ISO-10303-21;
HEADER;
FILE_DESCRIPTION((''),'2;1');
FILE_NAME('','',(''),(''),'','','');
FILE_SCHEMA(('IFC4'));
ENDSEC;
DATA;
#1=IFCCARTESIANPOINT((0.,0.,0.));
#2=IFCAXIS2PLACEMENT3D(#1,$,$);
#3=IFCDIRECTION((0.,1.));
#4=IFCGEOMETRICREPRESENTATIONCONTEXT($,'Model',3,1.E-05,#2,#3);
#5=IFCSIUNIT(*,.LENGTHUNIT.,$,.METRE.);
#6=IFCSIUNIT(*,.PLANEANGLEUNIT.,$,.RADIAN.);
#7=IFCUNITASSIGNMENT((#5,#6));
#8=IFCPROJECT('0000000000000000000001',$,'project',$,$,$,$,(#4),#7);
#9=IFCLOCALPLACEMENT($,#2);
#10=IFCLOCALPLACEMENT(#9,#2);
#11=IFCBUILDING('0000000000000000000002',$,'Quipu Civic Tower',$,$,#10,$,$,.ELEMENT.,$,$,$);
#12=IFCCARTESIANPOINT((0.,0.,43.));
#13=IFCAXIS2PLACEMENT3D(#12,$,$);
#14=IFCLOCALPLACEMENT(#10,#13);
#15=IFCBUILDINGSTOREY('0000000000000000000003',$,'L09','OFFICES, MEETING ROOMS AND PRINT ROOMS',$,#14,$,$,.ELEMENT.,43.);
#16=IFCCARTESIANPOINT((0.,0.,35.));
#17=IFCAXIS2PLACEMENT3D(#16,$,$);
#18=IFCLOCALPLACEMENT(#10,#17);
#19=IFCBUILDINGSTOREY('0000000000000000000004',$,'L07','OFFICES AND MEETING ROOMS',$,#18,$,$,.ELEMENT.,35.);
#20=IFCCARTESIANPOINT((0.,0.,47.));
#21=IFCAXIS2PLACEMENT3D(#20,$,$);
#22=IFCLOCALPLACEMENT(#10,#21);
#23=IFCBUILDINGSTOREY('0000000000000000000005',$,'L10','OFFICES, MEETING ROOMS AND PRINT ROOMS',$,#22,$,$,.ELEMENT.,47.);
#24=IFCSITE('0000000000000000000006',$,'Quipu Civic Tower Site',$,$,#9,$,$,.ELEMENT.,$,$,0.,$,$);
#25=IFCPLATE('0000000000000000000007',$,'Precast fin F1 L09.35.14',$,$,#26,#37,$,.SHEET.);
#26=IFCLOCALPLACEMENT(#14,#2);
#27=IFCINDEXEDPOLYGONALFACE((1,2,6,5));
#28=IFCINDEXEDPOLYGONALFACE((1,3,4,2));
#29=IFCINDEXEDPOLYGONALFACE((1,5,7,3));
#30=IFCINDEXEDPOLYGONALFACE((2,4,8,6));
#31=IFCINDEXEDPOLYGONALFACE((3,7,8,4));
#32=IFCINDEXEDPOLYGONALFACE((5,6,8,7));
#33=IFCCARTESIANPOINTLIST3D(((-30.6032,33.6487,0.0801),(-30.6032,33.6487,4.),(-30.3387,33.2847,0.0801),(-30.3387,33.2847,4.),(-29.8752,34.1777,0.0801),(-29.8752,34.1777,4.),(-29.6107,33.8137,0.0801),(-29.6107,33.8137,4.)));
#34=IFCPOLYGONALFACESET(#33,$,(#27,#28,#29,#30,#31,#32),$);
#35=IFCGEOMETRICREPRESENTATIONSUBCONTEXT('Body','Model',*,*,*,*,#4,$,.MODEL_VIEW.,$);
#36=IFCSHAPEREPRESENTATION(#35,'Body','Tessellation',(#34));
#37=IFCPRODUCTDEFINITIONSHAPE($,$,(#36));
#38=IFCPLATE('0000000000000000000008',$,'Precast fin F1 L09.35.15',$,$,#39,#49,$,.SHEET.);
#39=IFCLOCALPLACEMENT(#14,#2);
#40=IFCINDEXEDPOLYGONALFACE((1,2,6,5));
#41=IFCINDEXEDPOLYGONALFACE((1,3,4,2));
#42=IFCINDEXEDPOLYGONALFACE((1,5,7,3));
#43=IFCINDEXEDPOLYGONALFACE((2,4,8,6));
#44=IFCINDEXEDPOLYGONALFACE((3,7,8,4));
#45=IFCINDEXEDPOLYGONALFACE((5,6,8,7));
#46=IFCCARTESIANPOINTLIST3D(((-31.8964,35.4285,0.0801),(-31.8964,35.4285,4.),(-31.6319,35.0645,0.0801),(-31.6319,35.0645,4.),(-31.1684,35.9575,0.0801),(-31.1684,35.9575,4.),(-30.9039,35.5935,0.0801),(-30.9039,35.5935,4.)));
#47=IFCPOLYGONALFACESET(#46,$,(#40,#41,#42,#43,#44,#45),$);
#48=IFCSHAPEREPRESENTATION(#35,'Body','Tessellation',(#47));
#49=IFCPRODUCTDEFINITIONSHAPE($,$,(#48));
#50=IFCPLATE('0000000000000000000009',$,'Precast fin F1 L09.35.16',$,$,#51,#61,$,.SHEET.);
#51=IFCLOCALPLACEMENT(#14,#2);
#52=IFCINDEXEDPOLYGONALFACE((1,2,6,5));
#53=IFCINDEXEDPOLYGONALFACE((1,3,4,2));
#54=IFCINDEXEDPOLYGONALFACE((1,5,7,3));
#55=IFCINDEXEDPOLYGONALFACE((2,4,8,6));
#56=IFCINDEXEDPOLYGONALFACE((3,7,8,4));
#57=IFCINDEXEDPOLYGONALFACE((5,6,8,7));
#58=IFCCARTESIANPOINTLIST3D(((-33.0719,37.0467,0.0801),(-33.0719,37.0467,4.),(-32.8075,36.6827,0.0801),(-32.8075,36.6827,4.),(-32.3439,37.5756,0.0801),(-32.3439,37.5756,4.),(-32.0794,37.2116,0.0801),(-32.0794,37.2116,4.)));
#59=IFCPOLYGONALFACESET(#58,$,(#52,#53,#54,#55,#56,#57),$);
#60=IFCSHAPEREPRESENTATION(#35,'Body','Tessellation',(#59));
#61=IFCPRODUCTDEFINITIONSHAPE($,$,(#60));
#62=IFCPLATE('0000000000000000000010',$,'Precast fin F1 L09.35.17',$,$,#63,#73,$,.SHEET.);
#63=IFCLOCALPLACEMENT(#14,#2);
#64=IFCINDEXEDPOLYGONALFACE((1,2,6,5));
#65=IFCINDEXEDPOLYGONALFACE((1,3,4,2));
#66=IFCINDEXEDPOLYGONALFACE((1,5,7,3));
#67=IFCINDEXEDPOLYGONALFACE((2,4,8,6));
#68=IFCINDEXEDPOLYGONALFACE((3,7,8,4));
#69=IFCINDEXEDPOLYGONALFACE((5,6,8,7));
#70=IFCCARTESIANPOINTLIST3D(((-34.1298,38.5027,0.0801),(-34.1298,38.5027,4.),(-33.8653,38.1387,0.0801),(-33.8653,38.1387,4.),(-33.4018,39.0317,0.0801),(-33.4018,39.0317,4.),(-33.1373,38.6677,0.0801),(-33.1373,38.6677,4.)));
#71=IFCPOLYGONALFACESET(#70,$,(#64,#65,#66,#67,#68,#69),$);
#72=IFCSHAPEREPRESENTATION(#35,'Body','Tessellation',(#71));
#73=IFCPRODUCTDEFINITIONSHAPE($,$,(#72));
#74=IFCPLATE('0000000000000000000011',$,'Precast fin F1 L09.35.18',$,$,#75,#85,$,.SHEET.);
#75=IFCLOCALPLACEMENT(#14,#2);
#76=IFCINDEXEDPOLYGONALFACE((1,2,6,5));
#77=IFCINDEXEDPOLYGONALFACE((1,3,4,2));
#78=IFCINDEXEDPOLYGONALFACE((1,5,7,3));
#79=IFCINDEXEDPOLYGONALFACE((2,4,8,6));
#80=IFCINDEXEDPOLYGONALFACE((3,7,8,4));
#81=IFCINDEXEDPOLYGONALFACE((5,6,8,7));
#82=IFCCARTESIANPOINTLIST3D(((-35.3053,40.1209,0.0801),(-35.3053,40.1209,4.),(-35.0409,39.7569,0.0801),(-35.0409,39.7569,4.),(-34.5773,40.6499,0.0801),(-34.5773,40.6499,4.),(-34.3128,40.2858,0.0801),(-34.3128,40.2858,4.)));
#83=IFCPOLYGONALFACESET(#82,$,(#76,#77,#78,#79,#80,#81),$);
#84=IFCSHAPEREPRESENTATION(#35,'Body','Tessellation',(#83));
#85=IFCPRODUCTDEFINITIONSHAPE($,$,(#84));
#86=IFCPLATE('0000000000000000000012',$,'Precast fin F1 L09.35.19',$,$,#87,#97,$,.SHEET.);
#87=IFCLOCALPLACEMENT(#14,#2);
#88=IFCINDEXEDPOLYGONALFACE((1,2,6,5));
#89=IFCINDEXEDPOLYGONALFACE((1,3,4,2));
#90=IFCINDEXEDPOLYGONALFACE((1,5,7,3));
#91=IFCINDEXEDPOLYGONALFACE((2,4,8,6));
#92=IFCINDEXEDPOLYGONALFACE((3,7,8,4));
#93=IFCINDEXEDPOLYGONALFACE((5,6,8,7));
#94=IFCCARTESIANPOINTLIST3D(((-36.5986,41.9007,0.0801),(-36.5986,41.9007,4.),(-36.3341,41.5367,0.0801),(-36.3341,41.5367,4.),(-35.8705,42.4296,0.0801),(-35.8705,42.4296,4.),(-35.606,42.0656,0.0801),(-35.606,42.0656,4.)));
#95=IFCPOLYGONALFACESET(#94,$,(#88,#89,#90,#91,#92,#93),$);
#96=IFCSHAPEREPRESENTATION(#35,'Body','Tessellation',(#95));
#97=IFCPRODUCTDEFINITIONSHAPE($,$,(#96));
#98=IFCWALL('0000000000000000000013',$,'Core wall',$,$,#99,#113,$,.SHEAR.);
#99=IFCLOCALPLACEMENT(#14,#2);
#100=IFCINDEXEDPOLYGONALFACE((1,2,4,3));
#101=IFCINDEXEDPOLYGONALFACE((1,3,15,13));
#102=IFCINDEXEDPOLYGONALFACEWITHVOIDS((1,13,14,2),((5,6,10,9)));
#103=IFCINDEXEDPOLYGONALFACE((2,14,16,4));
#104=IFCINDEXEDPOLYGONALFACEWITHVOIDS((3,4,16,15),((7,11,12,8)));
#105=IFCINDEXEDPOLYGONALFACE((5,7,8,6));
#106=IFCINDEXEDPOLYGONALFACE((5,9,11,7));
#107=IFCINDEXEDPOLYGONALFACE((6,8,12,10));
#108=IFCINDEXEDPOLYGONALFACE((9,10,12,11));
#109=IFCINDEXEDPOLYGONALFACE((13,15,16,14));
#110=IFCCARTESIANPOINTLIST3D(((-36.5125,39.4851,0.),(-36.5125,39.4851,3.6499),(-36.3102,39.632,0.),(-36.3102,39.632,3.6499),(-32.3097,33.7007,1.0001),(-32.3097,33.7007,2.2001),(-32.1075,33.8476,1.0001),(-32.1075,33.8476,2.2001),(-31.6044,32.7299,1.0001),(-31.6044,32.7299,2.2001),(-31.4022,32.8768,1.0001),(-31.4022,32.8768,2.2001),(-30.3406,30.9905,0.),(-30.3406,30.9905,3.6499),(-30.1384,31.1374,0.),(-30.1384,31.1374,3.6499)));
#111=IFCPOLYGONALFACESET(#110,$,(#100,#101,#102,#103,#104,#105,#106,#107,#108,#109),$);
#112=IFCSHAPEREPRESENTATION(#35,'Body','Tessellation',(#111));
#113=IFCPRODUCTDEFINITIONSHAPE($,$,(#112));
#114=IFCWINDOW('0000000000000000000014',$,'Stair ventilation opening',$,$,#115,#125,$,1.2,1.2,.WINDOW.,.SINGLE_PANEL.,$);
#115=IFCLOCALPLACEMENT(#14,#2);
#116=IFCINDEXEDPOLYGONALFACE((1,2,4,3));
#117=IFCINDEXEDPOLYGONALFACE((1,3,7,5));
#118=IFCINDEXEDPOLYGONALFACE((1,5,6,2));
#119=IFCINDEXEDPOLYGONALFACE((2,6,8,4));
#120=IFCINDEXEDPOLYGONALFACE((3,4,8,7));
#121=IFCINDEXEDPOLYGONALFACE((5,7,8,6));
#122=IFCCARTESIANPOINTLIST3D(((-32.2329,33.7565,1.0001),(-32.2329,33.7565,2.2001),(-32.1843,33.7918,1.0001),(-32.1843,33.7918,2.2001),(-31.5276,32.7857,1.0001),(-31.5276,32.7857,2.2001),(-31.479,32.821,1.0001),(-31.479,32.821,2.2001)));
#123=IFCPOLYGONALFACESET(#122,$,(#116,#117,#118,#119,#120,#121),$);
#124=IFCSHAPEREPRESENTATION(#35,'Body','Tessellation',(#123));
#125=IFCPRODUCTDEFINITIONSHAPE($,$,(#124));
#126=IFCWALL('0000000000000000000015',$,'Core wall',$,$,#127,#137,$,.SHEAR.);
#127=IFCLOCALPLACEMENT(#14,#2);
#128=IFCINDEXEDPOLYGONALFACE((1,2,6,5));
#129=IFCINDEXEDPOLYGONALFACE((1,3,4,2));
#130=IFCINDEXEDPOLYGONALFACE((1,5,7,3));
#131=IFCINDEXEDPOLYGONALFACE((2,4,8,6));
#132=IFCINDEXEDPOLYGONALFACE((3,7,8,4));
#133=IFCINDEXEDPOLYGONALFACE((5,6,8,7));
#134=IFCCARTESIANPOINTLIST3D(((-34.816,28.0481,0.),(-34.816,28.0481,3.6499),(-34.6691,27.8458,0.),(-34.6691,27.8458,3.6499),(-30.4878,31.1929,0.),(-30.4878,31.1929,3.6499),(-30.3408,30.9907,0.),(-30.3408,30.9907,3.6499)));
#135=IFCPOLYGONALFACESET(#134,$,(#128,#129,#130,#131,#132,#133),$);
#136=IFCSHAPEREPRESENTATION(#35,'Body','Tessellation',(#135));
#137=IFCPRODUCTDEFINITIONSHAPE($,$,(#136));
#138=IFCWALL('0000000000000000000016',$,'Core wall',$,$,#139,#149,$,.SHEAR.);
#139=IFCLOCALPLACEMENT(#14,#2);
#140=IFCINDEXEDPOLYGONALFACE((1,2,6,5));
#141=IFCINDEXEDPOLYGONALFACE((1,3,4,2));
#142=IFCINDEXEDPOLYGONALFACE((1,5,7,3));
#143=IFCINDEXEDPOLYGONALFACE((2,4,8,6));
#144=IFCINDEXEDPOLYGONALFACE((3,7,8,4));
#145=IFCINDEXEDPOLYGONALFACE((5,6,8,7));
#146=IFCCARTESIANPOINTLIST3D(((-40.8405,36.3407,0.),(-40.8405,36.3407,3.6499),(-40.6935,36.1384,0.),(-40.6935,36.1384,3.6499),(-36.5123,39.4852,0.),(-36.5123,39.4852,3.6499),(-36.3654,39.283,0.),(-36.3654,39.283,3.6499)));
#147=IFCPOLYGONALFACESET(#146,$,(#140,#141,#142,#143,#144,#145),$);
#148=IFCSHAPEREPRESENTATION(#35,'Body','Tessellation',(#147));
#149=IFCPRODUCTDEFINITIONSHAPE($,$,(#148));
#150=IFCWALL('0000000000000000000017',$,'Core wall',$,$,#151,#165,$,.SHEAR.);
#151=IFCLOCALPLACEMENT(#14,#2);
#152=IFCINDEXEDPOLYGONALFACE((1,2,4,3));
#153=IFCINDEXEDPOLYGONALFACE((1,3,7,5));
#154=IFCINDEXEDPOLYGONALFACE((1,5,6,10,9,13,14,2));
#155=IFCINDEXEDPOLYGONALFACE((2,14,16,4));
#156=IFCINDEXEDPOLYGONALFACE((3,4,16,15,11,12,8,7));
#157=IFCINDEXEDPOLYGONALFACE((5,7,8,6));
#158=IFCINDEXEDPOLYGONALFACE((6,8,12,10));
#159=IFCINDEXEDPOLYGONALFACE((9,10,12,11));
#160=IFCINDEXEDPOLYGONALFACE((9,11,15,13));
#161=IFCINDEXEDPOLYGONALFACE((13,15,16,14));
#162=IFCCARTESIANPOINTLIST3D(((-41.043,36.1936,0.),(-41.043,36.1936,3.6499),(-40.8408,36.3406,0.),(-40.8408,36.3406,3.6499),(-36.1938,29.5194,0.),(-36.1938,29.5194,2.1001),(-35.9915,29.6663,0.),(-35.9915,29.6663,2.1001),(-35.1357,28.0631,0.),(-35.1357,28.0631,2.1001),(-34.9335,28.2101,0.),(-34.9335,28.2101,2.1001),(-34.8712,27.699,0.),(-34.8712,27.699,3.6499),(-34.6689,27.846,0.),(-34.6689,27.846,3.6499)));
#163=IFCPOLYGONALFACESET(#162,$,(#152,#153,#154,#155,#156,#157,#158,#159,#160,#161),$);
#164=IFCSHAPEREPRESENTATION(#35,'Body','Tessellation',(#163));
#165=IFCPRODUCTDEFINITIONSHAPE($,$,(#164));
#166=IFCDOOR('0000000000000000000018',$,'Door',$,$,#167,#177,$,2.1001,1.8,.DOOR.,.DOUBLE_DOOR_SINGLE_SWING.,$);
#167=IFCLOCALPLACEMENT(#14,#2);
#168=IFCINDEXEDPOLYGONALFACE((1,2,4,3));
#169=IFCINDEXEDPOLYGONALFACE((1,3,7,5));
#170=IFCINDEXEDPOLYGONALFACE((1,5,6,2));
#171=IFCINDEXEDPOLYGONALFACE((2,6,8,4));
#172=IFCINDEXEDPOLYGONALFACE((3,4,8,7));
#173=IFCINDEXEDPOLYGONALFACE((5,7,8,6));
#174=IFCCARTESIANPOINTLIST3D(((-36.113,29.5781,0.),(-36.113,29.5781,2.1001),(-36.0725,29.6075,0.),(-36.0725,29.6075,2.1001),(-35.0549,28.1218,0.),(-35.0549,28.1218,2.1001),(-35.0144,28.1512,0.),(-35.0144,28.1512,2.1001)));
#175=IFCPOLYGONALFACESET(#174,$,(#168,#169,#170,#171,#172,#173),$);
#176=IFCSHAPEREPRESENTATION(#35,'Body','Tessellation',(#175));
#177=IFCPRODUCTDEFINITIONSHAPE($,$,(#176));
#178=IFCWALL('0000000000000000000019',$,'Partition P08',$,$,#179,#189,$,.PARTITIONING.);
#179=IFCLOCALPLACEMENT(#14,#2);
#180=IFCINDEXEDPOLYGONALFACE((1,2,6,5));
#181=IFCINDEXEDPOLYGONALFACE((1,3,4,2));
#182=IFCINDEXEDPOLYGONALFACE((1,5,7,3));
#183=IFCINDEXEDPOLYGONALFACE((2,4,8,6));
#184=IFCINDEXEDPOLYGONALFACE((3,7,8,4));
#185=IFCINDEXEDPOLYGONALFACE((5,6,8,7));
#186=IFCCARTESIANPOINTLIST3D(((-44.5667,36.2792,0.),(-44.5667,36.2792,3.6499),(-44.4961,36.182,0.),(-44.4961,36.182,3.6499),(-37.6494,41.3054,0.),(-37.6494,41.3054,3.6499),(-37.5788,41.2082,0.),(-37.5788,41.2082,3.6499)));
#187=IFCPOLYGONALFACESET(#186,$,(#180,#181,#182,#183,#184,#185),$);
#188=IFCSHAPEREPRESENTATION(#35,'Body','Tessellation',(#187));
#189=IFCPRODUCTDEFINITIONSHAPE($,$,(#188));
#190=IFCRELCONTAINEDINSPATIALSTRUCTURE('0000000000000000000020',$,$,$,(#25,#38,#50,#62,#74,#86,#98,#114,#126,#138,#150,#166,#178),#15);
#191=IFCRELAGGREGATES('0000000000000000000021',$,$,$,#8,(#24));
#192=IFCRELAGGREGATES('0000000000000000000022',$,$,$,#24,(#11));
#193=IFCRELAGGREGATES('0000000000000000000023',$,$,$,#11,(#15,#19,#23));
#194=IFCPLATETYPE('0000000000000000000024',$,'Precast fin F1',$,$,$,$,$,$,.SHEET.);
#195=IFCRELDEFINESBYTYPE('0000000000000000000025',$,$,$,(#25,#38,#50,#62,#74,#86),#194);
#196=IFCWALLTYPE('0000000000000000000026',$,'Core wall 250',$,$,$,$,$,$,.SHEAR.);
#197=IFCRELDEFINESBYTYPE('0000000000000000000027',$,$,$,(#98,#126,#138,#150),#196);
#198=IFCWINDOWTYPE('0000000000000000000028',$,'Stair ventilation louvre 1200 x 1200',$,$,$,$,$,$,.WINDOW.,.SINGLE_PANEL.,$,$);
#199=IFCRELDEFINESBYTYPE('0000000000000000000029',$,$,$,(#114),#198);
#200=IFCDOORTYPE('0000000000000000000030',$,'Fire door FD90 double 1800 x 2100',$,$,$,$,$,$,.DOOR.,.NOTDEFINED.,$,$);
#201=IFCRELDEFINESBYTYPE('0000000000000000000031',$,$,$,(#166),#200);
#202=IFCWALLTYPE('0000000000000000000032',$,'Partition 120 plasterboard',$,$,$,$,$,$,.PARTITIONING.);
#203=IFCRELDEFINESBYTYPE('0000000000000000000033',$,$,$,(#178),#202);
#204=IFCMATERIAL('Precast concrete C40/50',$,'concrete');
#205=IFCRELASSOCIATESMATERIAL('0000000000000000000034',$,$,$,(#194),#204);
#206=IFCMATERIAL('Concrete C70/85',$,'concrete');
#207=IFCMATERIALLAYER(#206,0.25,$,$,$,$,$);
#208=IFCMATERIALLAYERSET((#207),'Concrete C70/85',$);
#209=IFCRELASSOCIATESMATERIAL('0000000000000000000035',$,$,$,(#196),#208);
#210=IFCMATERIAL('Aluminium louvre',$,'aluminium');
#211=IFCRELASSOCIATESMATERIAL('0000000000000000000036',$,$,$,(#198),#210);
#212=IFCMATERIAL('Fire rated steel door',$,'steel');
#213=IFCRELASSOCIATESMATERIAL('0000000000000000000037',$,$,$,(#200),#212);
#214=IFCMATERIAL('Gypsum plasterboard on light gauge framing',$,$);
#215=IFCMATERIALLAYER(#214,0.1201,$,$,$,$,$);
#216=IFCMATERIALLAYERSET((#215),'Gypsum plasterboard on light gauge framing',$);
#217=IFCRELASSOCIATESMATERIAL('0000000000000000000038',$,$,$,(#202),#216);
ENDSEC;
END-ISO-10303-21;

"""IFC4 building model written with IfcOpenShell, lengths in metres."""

from ifc_helpers import new_model, si_unit, direction, frame, frame_2d, origin, origin_2d, place, context, subcontext, project, spatial, rectangle, extrude, material, layer, layer_set, type_object, element, fill, save


model = new_model("IFC4")

# Units and contexts
model_context = context("Model", 3, precision=1e-05, world=origin(), true_north=direction((0.0, 1.0)))
body_context = subcontext(model_context, "Body", "Model", "MODEL_VIEW")
ifc_project = project(units=[si_unit("LENGTHUNIT", "METRE"), si_unit("PLANEANGLEUNIT", "RADIAN")], contexts=[model_context])

# Site, building, storey
site_placement = place(None, origin())
site = spatial("IfcSite", under=ifc_project, at=site_placement, Name="Quipu Civic Tower Site", CompositionType="ELEMENT", RefElevation=0.0)
building_placement = place(site_placement, origin())
building = spatial("IfcBuilding", under=site, at=building_placement, Name="Quipu Civic Tower", CompositionType="ELEMENT")
storey_1_placement = place(building_placement, frame((0.0, 0.0, 43.0)))
storey_1 = spatial("IfcBuildingStorey", under=building, at=storey_1_placement, Name="L09", Description="OFFICES, MEETING ROOMS AND PRINT ROOMS", CompositionType="ELEMENT", Elevation=43.0)

# Shared definitions
storey_2_placement = place(building_placement, frame((0.0, 0.0, 35.0)))
storey_2 = spatial("IfcBuildingStorey", under=building, at=storey_2_placement, Name="L07", Description="OFFICES AND MEETING ROOMS", CompositionType="ELEMENT", Elevation=35.0)

# Shared definitions
storey_3_placement = place(building_placement, frame((0.0, 0.0, 47.0)))
storey_3 = spatial("IfcBuildingStorey", under=building, at=storey_3_placement, Name="L10", Description="OFFICES, MEETING ROOMS AND PRINT ROOMS", CompositionType="ELEMENT", Elevation=47.0)

# Plates
ifc_material_1 = material(Name="Precast concrete C40/50", Category="concrete")
plate_type_1 = type_object("IfcPlateType", Name="Precast fin F1", PredefinedType="SHEET", material=ifc_material_1)
for number, where, z_axis, x_axis, name in (
    (1, (-30.1069, 33.7312, 0.0801), (0.0, 0.0, 1.0), (-0.587785, 0.809017, 0.0), "Precast fin F1 L09.35.14"),
    (2, (-31.4001, 35.511, 0.0801), (0.0, 0.0, 1.0), (-0.587785, 0.809017, 0.0), "Precast fin F1 L09.35.15"),
    (3, (-32.5757, 37.1292, 0.0801), (0.0, 0.0, 1.0), (-0.587785, 0.809017, 0.0), "Precast fin F1 L09.35.16"),
    (4, (-33.6335, 38.5852, 0.0801), (0.0, 0.0, 1.0), (-0.587785, 0.809017, 0.0), "Precast fin F1 L09.35.17"),
    (5, (-34.8091, 40.2034, 0.0801), (0.0, 0.0, 1.0), (-0.587785, 0.809017, 0.0), "Precast fin F1 L09.35.18"),
    (6, (-36.1023, 41.9832, 0.0801), (0.0, 0.0, 1.0), (-0.587785, 0.809017, 0.0), "Precast fin F1 L09.35.19"),
):
    element("IfcPlate", number, at=place(storey_1_placement, frame(where, z_axis=z_axis, x_axis=x_axis)), inside=storey_1, type_object=plate_type_1, Name=name, PredefinedType="SHEET", context=body_context, shape_type="SweptSolid", body=[
        extrude(rectangle(XDim=0.45, YDim=0.8999, at=origin_2d()), origin(), (0.0, 0.0, 1.0), 3.9199),
    ])

# Wall, opening, window
ifc_material_2 = material(Name="Concrete C70/85", Category="concrete")
ifc_layer_1 = layer(ifc_material_2, 0.25)
ifc_layer_set_1 = layer_set([ifc_layer_1], Name="Concrete C70/85")
wall_type_1 = type_object("IfcWallType", Name="Core wall 250", PredefinedType="SHEAR", material=ifc_layer_set_1)
wall_1_placement = place(storey_1_placement, frame((-30.2395, 31.064, 0.0), z_axis=(0.0, 0.0, 1.0), x_axis=(-0.587796, 0.809009, 0.0)))
wall_1 = element("IfcWall", 7, at=wall_1_placement, inside=storey_1, type_object=wall_type_1, Name="Core wall", PredefinedType="SHEAR", context=body_context, shape_type="SweptSolid", body=[
    extrude(rectangle(XDim=10.5, YDim=0.25, at=frame_2d((5.25, 0.0))), origin(), (0.0, 0.0, 1.0), 3.6499),
])
opening_1_placement = place(wall_1_placement, frame((2.1499, 0.0, 1.0)))
opening_1 = element("IfcOpeningElement", 8, at=opening_1_placement, cuts=wall_1, PredefinedType="OPENING", context=body_context, shape_type="SweptSolid", body=[
    extrude(rectangle(XDim=1.2, YDim=1.2, at=frame_2d((0.6001, 0.6001))), frame((0.0, 0.135, 0.0), z_axis=(0.0, -1.0, 0.0), x_axis=(1.0, 0.0, 0.0)), (0.0, 0.0, 1.0), 0.27),
])
ifc_material_3 = material(Name="Aluminium louvre", Category="aluminium")
window_type = type_object("IfcWindowType", Name="Stair ventilation louvre 1200 x 1200", PartitioningType="SINGLE_PANEL", PredefinedType="WINDOW", material=ifc_material_3)
window_placement = place(opening_1_placement, origin())
window = element("IfcWindow", 9, at=window_placement, inside=storey_1, type_object=window_type, Name="Stair ventilation opening", OverallHeight=1.2, OverallWidth=1.2, PartitioningType="SINGLE_PANEL", PredefinedType="WINDOW", context=body_context, shape_type="SweptSolid", body=[
    extrude(rectangle(XDim=1.2, YDim=1.2, at=frame_2d((0.6001, 0.6001))), frame((0.0, 0.03, 0.0), z_axis=(0.0, -1.0, 0.0), x_axis=(1.0, 0.0, 0.0)), (0.0, 0.0, 1.0), 0.0601),
])
fill(opening_1, window)

# Walls
wall_2_placement = place(storey_1_placement, frame((-30.4143, 31.0918, 0.0), z_axis=(0.0, 0.0, 1.0), x_axis=(-0.808998, -0.587811, 0.0)))
element("IfcWall", 10, at=wall_2_placement, inside=storey_1, type_object=wall_type_1, Name="Core wall", PredefinedType="SHEAR", context=body_context, shape_type="SweptSolid", body=[
    extrude(rectangle(XDim=5.3501, YDim=0.25, at=frame_2d((2.675, 0.0))), origin(), (0.0, 0.0, 1.0), 3.6499),
])
wall_3_placement = place(storey_1_placement, frame((-36.439, 39.384, 0.0), z_axis=(0.0, 0.0, 1.0), x_axis=(-0.80902, -0.587781, 0.0)))
element("IfcWall", 11, at=wall_3_placement, inside=storey_1, type_object=wall_type_1, Name="Core wall", PredefinedType="SHEAR", context=body_context, shape_type="SweptSolid", body=[
    extrude(rectangle(XDim=5.3499, YDim=0.25, at=frame_2d((2.6748, 0.0))), origin(), (0.0, 0.0, 1.0), 3.6499),
])

# Wall, opening, door
wall_4_placement = place(storey_1_placement, frame((-40.9419, 36.2671, 0.0), z_axis=(0.0, 0.0, 1.0), x_axis=(0.587796, -0.809009, 0.0)))
wall_4 = element("IfcWall", 12, at=wall_4_placement, inside=storey_1, type_object=wall_type_1, Name="Core wall", PredefinedType="SHEAR", context=body_context, shape_type="SweptSolid", body=[
    extrude(rectangle(XDim=10.5, YDim=0.25, at=frame_2d((5.25, 0.0))), origin(), (0.0, 0.0, 1.0), 3.6499),
])
opening_2_placement = place(wall_4_placement, frame((8.25, 0.0, 0.0)))
opening_2 = element("IfcOpeningElement", 13, at=opening_2_placement, cuts=wall_4, PredefinedType="OPENING", context=body_context, shape_type="SweptSolid", body=[
    extrude(rectangle(XDim=1.8, YDim=2.1001, at=frame_2d((0.8999, 1.05))), frame((0.0, 0.135, 0.0), z_axis=(0.0, -1.0, 0.0), x_axis=(1.0, 0.0, 0.0)), (0.0, 0.0, 1.0), 0.27),
])
ifc_material_4 = material(Name="Fire rated steel door", Category="steel")
door_type = type_object("IfcDoorType", Name="Fire door FD90 double 1800 x 2100", OperationType="NOTDEFINED", PredefinedType="DOOR", material=ifc_material_4)
door_placement = place(opening_2_placement, origin())
door = element("IfcDoor", 14, at=door_placement, inside=storey_1, type_object=door_type, Name="Door", OperationType="DOUBLE_DOOR_SINGLE_SWING", OverallHeight=2.1001, OverallWidth=1.8, PredefinedType="DOOR", context=body_context, shape_type="SweptSolid", body=[
    extrude(rectangle(XDim=1.8, YDim=2.1001, at=frame_2d((0.8999, 1.05))), frame((0.0, 0.0249, 0.0), z_axis=(0.0, -1.0, 0.0), x_axis=(1.0, 0.0, 0.0)), (0.0, 0.0, 1.0), 0.05),
])
fill(opening_2, door)

# Wall
ifc_material_5 = material(Name="Gypsum plasterboard on light gauge framing")
ifc_layer_2 = layer(ifc_material_5, 0.1201)
ifc_layer_set_2 = layer_set([ifc_layer_2], Name="Gypsum plasterboard on light gauge framing")
wall_type_2 = type_object("IfcWallType", Name="Partition 120 plasterboard", PredefinedType="PARTITIONING", material=ifc_layer_set_2)
wall_5_placement = place(storey_1_placement, frame((-37.614, 41.2568, 0.0), z_axis=(0.0, 0.0, 1.0), x_axis=(-0.808992, -0.58782, 0.0)))
element("IfcWall", 15, at=wall_5_placement, inside=storey_1, type_object=wall_type_2, Name="Partition P08", PredefinedType="PARTITIONING", context=body_context, shape_type="SweptSolid", body=[
    extrude(rectangle(XDim=8.5505, YDim=0.1201, at=frame_2d((4.2754, 0.0))), origin(), (0.0, 0.0, 1.0), 3.6499),
])

save(model, "model.ifc")
